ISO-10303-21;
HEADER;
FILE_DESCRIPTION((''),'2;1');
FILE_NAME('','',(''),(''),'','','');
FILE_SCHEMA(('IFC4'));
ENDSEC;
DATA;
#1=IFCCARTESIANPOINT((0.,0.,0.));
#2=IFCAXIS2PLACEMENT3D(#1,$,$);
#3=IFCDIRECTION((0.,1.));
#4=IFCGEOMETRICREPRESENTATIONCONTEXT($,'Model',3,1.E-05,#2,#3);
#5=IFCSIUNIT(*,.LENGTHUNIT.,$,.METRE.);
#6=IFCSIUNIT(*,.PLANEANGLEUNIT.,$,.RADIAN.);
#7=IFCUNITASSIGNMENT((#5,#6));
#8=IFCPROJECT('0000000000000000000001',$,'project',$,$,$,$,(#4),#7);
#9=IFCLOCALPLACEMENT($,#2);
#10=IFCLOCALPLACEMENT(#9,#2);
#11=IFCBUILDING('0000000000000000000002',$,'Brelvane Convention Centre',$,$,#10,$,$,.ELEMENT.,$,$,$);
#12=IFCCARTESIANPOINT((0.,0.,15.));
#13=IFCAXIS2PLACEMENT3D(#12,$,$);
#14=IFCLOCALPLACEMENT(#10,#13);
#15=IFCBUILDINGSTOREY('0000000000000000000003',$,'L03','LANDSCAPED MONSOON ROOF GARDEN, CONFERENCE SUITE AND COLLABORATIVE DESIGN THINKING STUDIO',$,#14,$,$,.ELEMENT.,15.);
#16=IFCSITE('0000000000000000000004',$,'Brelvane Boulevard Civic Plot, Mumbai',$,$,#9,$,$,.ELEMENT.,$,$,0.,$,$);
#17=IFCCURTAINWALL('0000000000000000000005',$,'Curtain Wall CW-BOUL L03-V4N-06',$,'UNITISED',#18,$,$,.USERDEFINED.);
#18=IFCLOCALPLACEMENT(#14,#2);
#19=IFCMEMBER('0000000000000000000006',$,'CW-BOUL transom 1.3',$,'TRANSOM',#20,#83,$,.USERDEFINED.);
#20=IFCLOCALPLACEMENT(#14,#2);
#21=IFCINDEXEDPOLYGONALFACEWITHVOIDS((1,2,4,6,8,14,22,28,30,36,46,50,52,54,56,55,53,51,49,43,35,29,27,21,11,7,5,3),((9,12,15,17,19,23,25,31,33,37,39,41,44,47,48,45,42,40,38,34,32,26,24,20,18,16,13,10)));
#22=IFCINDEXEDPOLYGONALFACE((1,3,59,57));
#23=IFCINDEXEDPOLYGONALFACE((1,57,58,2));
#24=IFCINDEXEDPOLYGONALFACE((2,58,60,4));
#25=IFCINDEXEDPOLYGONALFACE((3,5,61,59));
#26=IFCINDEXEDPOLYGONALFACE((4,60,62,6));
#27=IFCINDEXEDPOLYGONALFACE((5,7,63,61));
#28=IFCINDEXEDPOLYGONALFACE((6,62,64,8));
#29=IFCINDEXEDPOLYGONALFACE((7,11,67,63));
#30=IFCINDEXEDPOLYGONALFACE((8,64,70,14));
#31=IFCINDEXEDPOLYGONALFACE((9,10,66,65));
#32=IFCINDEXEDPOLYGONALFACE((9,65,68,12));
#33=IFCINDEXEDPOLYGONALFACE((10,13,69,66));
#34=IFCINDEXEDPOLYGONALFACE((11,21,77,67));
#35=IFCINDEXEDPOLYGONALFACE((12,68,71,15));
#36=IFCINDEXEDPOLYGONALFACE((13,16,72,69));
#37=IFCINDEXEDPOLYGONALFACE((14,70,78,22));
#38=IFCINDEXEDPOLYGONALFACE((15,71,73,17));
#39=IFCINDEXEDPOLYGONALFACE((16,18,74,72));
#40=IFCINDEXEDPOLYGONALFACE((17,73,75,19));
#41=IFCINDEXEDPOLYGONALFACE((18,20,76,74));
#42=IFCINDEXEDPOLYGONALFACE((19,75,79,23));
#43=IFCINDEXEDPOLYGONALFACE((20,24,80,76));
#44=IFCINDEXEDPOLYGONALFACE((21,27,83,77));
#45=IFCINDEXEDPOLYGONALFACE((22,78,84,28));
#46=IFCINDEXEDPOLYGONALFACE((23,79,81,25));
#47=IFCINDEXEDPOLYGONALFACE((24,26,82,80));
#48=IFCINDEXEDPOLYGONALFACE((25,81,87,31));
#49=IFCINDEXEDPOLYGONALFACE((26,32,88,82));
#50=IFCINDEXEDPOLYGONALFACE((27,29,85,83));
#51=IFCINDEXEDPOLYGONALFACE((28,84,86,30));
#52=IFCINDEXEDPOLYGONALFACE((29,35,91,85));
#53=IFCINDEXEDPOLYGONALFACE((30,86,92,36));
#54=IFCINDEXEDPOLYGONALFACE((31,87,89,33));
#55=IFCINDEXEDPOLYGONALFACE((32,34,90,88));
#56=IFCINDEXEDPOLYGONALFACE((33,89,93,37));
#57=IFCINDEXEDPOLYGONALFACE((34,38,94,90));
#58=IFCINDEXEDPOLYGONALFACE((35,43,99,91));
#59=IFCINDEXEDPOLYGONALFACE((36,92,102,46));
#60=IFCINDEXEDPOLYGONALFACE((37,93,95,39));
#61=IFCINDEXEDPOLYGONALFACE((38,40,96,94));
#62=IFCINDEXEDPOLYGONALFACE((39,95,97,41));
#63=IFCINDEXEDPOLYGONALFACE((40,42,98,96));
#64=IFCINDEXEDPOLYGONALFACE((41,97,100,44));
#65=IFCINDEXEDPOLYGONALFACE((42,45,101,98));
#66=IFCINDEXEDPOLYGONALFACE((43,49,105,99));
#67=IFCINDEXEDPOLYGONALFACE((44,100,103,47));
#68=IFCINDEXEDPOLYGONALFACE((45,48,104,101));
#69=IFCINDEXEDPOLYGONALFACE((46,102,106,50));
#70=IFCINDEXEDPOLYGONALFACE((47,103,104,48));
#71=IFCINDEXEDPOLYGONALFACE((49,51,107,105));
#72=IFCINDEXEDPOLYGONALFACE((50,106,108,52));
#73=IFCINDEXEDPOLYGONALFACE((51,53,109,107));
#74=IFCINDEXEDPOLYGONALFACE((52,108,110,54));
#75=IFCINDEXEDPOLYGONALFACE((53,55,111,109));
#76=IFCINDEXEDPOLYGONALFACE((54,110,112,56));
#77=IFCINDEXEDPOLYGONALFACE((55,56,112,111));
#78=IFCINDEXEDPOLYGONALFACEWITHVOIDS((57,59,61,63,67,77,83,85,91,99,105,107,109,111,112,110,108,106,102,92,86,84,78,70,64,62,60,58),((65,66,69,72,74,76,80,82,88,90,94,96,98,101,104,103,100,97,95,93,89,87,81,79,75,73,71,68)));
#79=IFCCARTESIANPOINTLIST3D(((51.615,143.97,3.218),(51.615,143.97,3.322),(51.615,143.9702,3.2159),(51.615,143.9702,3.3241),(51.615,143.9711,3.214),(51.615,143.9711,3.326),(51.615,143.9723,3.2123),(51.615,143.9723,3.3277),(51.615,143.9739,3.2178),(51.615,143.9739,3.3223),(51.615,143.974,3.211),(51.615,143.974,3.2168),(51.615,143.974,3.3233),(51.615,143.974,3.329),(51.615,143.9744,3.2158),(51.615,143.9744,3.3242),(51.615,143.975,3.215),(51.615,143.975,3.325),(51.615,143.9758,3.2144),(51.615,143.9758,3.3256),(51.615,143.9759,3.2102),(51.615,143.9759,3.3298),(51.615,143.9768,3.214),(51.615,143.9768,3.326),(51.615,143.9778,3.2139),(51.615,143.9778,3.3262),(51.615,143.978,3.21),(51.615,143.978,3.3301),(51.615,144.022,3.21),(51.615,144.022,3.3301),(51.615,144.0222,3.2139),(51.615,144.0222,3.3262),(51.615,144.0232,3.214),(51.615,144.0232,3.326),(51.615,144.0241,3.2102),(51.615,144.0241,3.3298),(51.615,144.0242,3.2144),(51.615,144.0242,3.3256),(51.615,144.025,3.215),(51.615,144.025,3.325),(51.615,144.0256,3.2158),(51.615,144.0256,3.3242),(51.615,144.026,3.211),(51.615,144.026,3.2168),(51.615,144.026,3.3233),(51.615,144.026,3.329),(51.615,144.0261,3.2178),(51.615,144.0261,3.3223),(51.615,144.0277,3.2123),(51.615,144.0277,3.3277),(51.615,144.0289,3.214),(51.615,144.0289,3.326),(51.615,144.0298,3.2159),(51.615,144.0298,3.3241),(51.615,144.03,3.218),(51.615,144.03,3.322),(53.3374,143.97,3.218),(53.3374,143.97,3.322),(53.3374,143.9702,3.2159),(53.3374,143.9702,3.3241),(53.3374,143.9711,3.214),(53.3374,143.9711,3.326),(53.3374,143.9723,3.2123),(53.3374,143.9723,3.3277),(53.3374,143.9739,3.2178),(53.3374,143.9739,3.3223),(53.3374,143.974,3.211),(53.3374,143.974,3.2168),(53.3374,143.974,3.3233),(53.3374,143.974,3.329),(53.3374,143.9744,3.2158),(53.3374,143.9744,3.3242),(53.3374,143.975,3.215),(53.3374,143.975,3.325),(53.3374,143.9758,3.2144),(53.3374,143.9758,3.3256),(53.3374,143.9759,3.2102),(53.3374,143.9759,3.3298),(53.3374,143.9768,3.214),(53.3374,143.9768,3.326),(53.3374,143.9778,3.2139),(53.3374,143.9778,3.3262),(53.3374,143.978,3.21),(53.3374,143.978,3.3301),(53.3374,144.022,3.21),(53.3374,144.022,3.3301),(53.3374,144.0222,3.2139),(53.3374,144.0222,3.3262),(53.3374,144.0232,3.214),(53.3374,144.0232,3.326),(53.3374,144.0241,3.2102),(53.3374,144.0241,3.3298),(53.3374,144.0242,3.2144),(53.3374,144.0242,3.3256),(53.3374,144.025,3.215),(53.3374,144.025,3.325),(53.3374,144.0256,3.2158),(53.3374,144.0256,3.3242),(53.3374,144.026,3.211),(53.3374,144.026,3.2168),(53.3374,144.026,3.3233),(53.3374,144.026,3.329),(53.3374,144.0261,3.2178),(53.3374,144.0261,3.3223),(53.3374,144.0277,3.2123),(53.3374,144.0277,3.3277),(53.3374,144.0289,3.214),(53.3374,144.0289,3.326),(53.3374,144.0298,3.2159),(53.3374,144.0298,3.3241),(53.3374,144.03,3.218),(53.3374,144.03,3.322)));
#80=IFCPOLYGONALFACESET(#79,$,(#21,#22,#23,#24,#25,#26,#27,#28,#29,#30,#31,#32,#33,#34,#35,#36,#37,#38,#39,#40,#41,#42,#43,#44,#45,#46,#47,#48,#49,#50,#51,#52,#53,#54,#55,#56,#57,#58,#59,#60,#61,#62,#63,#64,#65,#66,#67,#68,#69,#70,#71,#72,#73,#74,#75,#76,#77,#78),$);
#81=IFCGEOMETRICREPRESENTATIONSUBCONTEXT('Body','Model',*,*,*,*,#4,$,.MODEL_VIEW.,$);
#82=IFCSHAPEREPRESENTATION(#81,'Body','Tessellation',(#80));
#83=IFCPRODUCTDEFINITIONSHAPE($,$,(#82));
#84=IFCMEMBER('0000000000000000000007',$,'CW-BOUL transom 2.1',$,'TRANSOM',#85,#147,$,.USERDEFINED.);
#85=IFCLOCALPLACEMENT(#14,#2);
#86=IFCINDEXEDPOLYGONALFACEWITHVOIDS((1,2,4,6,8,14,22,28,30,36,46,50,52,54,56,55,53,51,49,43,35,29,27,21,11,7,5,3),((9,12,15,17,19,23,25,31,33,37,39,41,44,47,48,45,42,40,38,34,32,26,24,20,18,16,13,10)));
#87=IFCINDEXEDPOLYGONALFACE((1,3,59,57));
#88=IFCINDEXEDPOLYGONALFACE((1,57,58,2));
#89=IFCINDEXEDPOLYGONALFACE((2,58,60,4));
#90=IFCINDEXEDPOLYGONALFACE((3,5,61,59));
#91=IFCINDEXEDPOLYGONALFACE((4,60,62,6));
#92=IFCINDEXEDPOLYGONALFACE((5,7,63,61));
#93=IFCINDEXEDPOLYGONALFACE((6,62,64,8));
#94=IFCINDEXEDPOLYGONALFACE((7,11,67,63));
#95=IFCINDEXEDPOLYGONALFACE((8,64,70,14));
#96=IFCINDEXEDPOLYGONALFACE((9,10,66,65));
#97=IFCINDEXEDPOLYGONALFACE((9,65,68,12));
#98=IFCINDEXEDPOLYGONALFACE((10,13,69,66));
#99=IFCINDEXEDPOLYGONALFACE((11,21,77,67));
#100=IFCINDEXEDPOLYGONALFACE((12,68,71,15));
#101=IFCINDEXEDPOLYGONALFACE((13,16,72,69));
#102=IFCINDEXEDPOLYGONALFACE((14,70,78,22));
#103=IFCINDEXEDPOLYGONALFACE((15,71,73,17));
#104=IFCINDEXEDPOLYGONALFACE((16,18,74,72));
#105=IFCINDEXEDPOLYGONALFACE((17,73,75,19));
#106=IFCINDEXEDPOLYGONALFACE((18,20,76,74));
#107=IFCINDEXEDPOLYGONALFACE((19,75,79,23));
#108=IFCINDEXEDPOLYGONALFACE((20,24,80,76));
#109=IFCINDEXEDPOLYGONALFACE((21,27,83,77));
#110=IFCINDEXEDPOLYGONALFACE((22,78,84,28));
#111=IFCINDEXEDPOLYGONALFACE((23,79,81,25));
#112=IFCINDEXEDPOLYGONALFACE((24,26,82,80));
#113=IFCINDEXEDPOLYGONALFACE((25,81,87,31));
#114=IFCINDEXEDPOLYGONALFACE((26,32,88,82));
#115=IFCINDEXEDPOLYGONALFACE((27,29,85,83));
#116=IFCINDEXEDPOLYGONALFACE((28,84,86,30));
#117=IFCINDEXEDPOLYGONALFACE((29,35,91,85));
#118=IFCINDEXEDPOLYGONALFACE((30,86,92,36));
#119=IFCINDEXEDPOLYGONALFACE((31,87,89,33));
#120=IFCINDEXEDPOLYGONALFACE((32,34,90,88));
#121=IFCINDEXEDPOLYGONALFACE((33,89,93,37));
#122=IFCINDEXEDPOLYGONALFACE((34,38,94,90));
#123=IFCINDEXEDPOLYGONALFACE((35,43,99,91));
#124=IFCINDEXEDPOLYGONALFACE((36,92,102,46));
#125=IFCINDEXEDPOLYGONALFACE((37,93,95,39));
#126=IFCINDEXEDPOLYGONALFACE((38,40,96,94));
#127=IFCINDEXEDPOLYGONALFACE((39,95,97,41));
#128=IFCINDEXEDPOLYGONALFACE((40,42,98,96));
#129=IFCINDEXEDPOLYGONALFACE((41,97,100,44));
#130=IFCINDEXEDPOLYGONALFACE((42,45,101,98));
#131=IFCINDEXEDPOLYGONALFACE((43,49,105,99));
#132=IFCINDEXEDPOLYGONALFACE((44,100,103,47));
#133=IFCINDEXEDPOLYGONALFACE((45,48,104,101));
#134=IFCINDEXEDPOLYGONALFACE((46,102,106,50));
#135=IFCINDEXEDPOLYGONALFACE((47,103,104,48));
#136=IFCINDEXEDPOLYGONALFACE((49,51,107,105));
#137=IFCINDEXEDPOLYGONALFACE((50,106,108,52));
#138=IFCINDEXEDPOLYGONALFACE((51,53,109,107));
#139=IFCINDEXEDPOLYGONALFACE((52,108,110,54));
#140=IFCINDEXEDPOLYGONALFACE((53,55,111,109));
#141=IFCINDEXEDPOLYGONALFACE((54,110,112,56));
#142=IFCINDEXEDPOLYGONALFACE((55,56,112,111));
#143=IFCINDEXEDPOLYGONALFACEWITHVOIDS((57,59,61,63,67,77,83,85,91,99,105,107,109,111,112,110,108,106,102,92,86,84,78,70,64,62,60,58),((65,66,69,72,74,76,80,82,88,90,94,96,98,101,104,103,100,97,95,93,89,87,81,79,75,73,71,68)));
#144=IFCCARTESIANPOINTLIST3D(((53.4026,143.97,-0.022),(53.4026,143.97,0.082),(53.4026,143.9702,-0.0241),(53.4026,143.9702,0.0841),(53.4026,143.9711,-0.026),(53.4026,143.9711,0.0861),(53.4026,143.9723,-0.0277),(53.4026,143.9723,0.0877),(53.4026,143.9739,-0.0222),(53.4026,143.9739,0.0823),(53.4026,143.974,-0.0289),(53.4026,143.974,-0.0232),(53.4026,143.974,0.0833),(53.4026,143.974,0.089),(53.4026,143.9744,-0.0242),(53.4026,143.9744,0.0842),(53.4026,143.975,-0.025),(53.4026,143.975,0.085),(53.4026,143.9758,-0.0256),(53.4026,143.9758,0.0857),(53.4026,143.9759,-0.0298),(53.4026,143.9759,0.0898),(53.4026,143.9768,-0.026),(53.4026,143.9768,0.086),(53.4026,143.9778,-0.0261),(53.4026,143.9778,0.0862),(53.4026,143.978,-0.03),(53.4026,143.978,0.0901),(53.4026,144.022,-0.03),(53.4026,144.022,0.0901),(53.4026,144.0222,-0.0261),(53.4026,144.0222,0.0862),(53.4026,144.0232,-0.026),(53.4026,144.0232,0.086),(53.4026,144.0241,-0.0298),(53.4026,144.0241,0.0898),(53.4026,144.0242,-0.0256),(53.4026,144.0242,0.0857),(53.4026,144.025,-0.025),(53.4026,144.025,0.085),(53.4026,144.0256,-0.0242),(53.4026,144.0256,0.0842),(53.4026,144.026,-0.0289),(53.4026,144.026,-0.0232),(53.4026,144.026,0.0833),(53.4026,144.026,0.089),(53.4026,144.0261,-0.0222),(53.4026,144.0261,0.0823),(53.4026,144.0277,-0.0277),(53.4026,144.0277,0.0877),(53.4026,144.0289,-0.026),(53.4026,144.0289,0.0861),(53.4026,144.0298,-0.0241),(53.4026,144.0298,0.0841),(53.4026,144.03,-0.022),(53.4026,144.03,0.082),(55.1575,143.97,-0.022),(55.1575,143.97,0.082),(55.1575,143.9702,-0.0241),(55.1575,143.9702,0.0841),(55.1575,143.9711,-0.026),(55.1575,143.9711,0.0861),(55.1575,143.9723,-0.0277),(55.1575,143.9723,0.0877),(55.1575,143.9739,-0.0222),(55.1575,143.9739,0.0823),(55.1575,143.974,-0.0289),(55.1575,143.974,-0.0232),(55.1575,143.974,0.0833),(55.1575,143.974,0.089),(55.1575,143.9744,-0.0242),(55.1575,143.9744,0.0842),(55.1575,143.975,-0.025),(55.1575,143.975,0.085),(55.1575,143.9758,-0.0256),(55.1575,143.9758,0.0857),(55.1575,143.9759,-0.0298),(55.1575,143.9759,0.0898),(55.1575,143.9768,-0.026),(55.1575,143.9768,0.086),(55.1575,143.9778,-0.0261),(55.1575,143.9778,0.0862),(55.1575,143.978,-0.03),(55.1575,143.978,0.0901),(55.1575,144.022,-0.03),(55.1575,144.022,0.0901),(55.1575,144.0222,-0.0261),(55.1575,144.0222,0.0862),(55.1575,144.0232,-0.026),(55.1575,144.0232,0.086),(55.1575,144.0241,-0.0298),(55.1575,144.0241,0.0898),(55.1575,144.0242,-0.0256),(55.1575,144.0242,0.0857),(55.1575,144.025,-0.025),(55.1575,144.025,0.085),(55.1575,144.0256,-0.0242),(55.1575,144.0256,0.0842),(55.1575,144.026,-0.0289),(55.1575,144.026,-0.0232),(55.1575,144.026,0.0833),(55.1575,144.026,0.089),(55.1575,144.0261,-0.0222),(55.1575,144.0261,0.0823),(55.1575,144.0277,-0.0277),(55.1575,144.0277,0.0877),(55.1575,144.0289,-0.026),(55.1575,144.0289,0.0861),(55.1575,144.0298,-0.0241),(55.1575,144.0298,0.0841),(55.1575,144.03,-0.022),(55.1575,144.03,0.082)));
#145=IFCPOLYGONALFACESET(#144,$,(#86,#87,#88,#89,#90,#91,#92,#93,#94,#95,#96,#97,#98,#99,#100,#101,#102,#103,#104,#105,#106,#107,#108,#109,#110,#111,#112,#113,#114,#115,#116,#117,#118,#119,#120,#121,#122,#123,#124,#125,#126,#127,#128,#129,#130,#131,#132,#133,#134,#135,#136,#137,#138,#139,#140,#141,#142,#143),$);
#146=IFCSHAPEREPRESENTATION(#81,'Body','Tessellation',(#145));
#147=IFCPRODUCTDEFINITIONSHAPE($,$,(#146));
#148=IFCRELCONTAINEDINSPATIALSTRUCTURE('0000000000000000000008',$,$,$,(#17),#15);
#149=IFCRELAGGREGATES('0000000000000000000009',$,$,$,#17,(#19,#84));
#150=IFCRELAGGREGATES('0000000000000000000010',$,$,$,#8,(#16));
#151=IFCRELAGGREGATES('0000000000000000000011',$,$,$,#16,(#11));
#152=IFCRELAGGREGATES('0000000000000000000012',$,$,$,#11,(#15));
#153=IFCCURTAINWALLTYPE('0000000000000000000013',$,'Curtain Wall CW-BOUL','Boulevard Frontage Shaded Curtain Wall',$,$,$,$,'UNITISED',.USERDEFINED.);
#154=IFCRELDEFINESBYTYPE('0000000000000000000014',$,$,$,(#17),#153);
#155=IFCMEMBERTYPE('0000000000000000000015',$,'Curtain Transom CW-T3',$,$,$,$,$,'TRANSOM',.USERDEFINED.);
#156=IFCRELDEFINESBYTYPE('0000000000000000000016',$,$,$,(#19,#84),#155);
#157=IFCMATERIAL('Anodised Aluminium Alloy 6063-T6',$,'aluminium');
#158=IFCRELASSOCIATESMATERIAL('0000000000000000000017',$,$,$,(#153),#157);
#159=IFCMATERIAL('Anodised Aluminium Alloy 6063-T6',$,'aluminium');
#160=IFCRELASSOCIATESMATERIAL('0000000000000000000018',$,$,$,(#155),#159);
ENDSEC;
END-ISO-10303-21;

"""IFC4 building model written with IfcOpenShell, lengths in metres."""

from ifc_helpers import new_model, si_unit, direction, frame, origin, origin_2d, place, context, subcontext, project, spatial, hollow_rectangle, extrude, material, material_profile, profile_set, type_object, element, aggregate, save


model = new_model("IFC4")

# Units and contexts
model_context = context("Model", 3, precision=1e-05, world=origin(), true_north=direction((0.0, 1.0)))
body_context = subcontext(model_context, "Body", "Model", "MODEL_VIEW")
ifc_project = project(units=[si_unit("LENGTHUNIT", "METRE"), si_unit("PLANEANGLEUNIT", "RADIAN")], contexts=[model_context])

# Site, building, storey
site_placement = place(None, origin())
site = spatial("IfcSite", under=ifc_project, at=site_placement, Name="Brelvane Boulevard Civic Plot, Mumbai", CompositionType="ELEMENT", RefElevation=0.0)
building_placement = place(site_placement, origin())
building = spatial("IfcBuilding", under=site, at=building_placement, Name="Brelvane Convention Centre", CompositionType="ELEMENT")
storey_placement = place(building_placement, frame((0.0, 0.0, 15.0)))
storey = spatial("IfcBuildingStorey", under=building, at=storey_placement, Name="L03", Description="LANDSCAPED MONSOON ROOF GARDEN, CONFERENCE SUITE AND COLLABORATIVE DESIGN THINKING STUDIO", CompositionType="ELEMENT", Elevation=15.0)

# Curtain wall, members
ifc_material_1 = material(Name="Anodised Aluminium Alloy 6063-T6", Category="aluminium")
curtain_wall_type = type_object("IfcCurtainWallType", Name="Curtain Wall CW-BOUL", Description="Boulevard Frontage Shaded Curtain Wall", ElementType="UNITISED", PredefinedType="USERDEFINED", material=ifc_material_1)
curtain_wall_placement = place(storey_placement, origin())
curtain_wall = element("IfcCurtainWall", 1, at=curtain_wall_placement, inside=storey, type_object=curtain_wall_type, Name="Curtain Wall CW-BOUL L03-V4N-06", ObjectType="UNITISED", PredefinedType="USERDEFINED")
ifc_material_2 = material(Name="Anodised Aluminium Alloy 6063-T6", Category="aluminium")
ifc_material_profile_1 = material_profile(ifc_material_2, hollow_rectangle(XDim=0.0601, YDim=0.1201, WallThickness=0.0039, InnerFilletRadius=0.0039, OuterFilletRadius=0.0081, at=origin_2d()), Name="ALU-T 120x60x4.0")
ifc_profile_set_1 = profile_set([ifc_material_profile_1], Name="Anodised Aluminium Alloy 6063-T6")
member_type_1 = type_object("IfcMemberType", Name="Curtain Transom CW-T3", ElementType="TRANSOM", PredefinedType="USERDEFINED", material=ifc_profile_set_1)
member_1_placement = place(storey_placement, frame((51.615, 144.0, 3.27), z_axis=(1.0, 0.0, 0.0), x_axis=(0.0, 1.0, 0.0)))
member_1 = element("IfcMember", 2, at=member_1_placement, type_object=member_type_1, Name="CW-BOUL transom 1.3", ObjectType="TRANSOM", PredefinedType="USERDEFINED", context=body_context, shape_type="SweptSolid", body=[
    extrude(hollow_rectangle(XDim=0.0601, YDim=0.1201, WallThickness=0.0039, InnerFilletRadius=0.0039, OuterFilletRadius=0.0081, at=origin_2d()), origin(), (0.0, 0.0, 1.0), 1.7224),
])
member_2_placement = place(storey_placement, frame((53.4026, 144.0, 0.03), z_axis=(1.0, 0.0, 0.0), x_axis=(0.0, 1.0, 0.0)))
member_2 = element("IfcMember", 3, at=member_2_placement, type_object=member_type_1, Name="CW-BOUL transom 2.1", ObjectType="TRANSOM", PredefinedType="USERDEFINED", context=body_context, shape_type="SweptSolid", body=[
    extrude(hollow_rectangle(XDim=0.0601, YDim=0.1201, WallThickness=0.0039, InnerFilletRadius=0.0039, OuterFilletRadius=0.0081, at=origin_2d()), origin(), (0.0, 0.0, 1.0), 1.7549),
])

aggregate(curtain_wall, [member_1, member_2])

save(model, "model.ifc")
